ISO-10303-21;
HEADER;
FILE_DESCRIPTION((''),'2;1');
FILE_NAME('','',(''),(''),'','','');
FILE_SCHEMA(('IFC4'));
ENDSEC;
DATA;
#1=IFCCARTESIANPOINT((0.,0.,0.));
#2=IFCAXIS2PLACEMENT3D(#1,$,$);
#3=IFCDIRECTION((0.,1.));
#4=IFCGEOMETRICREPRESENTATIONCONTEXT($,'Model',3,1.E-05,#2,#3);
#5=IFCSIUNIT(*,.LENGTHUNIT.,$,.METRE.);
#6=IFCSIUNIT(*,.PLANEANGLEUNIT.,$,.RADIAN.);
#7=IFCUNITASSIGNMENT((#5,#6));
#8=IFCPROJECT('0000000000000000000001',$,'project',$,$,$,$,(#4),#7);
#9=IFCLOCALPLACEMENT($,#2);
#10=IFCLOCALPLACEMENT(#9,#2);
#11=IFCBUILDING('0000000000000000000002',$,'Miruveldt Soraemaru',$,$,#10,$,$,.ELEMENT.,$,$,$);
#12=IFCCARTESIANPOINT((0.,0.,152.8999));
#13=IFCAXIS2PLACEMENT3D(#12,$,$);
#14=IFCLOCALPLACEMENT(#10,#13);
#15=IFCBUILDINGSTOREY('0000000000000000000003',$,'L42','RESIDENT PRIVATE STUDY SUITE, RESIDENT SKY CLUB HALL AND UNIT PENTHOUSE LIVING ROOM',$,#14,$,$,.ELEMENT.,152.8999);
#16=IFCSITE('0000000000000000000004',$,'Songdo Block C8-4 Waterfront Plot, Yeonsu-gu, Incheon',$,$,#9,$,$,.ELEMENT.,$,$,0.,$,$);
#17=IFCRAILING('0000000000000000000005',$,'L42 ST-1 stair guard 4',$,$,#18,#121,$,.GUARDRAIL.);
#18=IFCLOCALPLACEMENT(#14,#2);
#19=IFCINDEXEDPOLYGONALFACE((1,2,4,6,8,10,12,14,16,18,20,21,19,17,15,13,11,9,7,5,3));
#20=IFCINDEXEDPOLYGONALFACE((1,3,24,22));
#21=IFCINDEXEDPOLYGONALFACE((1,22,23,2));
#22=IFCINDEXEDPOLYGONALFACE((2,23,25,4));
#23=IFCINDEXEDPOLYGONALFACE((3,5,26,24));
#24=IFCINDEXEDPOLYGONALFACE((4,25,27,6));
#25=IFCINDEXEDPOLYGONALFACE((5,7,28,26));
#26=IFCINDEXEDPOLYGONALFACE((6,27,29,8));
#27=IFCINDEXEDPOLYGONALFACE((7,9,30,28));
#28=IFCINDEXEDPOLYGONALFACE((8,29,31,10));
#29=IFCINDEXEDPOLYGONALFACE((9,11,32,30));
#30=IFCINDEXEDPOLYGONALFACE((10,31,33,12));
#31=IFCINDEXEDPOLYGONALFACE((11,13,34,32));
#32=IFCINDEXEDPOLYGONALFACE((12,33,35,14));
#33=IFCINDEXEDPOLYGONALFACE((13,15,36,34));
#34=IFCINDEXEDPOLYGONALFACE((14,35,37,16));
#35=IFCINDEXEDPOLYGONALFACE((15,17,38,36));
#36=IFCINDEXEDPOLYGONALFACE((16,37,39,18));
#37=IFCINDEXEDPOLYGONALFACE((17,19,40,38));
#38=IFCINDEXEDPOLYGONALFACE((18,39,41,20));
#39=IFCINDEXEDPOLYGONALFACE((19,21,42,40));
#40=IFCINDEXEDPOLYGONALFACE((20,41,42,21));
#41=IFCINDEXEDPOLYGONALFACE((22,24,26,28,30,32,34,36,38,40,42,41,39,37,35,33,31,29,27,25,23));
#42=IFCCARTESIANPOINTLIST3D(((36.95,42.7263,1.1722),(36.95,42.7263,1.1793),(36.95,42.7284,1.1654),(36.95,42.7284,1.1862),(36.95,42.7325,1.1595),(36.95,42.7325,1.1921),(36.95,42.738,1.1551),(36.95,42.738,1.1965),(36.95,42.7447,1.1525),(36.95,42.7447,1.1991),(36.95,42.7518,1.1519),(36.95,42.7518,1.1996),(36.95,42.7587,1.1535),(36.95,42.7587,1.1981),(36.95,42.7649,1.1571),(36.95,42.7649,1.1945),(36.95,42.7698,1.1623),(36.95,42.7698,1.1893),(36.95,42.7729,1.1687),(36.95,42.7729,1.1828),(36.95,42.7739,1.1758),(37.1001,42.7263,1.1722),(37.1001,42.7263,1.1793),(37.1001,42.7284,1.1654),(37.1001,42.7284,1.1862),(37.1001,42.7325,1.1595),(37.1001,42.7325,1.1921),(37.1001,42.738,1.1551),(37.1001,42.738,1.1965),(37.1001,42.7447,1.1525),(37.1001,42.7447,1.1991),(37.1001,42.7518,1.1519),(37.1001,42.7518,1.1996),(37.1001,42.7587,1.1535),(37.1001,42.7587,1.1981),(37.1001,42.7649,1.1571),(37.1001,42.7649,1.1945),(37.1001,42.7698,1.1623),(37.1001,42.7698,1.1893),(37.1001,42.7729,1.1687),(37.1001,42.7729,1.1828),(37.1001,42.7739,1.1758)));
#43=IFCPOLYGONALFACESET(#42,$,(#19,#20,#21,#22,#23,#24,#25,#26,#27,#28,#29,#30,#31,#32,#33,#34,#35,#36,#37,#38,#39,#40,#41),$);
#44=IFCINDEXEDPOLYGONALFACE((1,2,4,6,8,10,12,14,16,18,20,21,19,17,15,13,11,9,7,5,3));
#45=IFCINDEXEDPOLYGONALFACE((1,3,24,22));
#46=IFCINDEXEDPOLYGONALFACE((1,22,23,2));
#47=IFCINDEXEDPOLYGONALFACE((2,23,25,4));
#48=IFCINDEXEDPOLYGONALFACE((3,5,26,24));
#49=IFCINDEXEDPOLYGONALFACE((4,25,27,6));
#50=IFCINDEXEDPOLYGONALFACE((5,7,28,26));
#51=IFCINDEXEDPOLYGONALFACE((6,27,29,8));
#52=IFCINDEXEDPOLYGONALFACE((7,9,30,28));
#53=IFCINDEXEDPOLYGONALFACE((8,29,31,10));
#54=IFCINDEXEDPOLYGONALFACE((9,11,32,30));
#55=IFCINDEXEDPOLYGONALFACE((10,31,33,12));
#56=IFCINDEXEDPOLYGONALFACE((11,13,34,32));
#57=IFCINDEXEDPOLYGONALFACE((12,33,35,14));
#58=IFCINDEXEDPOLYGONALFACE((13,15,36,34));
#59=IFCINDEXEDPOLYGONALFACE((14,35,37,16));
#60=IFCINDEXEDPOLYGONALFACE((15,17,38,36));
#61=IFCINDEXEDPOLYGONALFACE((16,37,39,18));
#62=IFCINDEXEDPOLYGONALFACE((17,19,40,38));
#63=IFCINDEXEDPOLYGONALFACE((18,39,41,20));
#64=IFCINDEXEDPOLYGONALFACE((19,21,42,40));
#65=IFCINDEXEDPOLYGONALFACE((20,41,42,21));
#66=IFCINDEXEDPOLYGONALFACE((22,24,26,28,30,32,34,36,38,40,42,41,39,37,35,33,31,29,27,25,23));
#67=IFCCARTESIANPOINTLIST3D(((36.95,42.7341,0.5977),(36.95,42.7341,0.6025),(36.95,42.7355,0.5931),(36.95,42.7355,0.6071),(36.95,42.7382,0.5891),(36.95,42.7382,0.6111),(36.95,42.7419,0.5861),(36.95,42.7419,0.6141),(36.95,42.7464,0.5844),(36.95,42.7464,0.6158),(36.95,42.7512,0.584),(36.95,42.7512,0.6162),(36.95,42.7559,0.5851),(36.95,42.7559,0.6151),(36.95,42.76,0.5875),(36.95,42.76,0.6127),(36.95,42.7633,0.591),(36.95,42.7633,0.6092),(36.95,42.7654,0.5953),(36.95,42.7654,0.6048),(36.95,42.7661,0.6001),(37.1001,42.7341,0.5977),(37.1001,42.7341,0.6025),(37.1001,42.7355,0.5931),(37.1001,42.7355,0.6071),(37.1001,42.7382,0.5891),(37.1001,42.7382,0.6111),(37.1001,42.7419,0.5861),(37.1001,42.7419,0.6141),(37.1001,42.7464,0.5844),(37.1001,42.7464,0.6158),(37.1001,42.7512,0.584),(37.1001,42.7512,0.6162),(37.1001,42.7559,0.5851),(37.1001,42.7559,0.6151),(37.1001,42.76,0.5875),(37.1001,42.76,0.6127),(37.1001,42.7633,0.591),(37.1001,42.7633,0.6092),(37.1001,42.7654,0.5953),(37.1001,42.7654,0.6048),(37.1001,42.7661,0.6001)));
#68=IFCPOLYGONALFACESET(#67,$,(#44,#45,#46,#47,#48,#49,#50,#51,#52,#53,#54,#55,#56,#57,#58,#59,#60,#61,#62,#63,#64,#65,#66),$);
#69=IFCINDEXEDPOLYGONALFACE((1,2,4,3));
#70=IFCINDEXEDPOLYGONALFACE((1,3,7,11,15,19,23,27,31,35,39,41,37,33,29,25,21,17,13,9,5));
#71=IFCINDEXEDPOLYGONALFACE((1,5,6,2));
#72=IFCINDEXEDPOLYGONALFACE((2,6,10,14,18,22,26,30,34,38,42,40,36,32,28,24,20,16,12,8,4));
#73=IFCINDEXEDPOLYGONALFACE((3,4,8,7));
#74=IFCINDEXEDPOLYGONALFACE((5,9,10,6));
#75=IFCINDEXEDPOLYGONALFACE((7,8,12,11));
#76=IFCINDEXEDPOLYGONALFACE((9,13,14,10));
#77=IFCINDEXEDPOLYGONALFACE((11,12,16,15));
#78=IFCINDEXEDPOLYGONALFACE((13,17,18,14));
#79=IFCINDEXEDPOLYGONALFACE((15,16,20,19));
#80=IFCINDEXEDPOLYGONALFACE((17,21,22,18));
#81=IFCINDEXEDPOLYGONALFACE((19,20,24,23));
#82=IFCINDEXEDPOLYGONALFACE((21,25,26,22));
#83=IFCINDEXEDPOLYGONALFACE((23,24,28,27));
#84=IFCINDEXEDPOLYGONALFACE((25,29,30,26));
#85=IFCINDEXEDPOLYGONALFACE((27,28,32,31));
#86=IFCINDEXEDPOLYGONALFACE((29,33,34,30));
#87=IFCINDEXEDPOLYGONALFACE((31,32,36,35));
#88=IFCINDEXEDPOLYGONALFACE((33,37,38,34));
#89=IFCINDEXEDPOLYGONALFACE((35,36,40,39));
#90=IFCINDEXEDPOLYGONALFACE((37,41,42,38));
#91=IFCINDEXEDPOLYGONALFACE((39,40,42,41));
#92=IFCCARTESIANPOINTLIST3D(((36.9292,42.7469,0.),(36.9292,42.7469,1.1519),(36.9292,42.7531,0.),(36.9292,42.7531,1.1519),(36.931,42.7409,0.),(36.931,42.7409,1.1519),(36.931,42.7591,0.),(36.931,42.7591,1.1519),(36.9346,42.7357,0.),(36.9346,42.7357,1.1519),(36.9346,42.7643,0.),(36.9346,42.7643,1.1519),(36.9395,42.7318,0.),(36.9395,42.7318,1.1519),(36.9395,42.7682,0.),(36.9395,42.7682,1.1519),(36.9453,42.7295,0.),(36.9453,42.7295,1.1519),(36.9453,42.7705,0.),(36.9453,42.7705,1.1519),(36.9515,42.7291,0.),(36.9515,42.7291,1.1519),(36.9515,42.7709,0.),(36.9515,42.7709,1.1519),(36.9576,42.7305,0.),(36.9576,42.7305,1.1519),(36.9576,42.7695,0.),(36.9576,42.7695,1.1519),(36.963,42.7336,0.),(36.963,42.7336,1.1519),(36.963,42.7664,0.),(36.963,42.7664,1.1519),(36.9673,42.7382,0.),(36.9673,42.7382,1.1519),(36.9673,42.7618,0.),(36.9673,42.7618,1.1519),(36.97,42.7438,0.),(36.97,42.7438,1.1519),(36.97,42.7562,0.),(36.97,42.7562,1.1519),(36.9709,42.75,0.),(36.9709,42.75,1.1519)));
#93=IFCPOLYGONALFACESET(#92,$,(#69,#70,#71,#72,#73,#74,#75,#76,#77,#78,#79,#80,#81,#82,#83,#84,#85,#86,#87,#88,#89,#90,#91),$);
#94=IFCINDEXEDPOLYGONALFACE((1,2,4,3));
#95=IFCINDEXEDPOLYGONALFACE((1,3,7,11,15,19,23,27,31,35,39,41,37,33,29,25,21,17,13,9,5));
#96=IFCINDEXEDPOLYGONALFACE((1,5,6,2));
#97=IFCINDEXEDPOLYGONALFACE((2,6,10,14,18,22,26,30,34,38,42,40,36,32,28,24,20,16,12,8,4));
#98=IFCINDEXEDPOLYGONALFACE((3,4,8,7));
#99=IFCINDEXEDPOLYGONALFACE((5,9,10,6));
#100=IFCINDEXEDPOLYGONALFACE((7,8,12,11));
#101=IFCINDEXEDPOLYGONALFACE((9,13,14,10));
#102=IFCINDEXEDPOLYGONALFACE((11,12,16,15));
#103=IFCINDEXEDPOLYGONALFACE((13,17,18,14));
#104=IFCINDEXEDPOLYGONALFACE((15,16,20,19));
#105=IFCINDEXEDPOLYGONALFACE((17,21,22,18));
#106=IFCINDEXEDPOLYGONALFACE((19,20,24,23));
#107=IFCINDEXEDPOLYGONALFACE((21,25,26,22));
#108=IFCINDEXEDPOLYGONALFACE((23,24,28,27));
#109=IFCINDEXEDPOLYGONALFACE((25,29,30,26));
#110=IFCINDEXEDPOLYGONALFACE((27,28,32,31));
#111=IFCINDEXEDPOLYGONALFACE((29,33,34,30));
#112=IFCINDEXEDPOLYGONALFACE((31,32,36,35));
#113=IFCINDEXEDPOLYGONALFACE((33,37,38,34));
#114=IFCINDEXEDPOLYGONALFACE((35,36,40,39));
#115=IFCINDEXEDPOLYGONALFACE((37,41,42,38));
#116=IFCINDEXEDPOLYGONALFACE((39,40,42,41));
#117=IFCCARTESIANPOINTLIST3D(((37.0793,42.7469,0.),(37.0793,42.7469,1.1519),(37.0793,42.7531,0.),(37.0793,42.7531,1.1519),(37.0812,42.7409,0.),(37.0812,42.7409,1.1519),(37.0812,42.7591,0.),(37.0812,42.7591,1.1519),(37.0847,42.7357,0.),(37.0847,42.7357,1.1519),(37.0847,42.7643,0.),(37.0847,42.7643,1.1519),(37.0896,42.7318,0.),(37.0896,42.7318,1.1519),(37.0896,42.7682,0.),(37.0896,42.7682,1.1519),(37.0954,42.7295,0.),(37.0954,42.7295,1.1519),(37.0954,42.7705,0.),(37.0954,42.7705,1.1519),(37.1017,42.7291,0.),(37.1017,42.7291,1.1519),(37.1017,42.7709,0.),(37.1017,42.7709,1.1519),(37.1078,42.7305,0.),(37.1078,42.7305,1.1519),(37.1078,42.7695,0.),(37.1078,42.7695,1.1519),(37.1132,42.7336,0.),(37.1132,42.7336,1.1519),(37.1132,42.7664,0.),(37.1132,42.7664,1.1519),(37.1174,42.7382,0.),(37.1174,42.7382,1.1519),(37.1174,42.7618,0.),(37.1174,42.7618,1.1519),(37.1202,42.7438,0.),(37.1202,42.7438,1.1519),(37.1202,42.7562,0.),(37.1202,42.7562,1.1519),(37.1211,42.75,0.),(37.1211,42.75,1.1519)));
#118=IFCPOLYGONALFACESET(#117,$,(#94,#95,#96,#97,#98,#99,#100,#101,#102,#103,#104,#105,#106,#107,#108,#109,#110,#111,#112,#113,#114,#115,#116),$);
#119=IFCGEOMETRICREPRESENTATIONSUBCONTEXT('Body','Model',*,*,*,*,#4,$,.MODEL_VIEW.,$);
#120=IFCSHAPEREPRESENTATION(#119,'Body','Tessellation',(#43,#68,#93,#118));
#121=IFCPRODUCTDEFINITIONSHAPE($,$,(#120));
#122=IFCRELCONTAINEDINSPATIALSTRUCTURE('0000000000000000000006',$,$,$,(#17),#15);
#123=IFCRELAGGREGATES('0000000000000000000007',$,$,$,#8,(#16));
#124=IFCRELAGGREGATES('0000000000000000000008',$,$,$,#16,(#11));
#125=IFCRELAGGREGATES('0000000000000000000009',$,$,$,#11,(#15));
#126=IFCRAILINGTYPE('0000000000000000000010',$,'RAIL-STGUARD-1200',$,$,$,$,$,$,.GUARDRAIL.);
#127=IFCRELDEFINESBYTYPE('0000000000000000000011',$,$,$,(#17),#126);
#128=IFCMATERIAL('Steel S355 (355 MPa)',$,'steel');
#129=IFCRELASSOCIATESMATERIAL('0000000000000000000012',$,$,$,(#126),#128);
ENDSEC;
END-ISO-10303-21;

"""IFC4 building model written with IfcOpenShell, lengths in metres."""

from ifc_helpers import new_model, si_unit, direction, frame, origin, origin_2d, place, context, subcontext, project, spatial, circle, extrude, material, type_object, element, save


model = new_model("IFC4")

# Units and contexts
model_context = context("Model", 3, precision=1e-05, world=origin(), true_north=direction((0.0, 1.0)))
body_context = subcontext(model_context, "Body", "Model", "MODEL_VIEW")
ifc_project = project(units=[si_unit("LENGTHUNIT", "METRE"), si_unit("PLANEANGLEUNIT", "RADIAN")], contexts=[model_context])

# Site, building, storey
site_placement = place(None, origin())
site = spatial("IfcSite", under=ifc_project, at=site_placement, Name="Songdo Block C8-4 Waterfront Plot, Yeonsu-gu, Incheon", CompositionType="ELEMENT", RefElevation=0.0)
building_placement = place(site_placement, origin())
building = spatial("IfcBuilding", under=site, at=building_placement, Name="Miruveldt Soraemaru", CompositionType="ELEMENT")
storey_placement = place(building_placement, frame((0.0, 0.0, 152.8999)))
storey = spatial("IfcBuildingStorey", under=building, at=storey_placement, Name="L42", Description="RESIDENT PRIVATE STUDY SUITE, RESIDENT SKY CLUB HALL AND UNIT PENTHOUSE LIVING ROOM", CompositionType="ELEMENT", Elevation=152.8999)

# Railing
ifc_material_1 = material(Name="Steel S355 (355 MPa)", Category="steel")
railing_type = type_object("IfcRailingType", Name="RAIL-STGUARD-1200", PredefinedType="GUARDRAIL", material=ifc_material_1)
railing_1_placement = place(storey_placement, frame((36.95, 42.75, 0.0)))
element("IfcRailing", 1, at=railing_1_placement, inside=storey, type_object=railing_type, Name="L42 ST-1 stair guard 4", PredefinedType="GUARDRAIL", context=body_context, shape_type="SweptSolid", body=[
    extrude(circle(Radius=0.0239, at=origin_2d()), frame((0.0, 0.0, 1.1758), z_axis=(1.0, 0.0, 0.0), x_axis=(0.0, 1.0, 0.0)), (0.0, 0.0, 1.0), 0.1501),
    extrude(circle(Radius=0.0161, at=origin_2d()), frame((0.0, 0.0, 0.6001), z_axis=(1.0, 0.0, 0.0), x_axis=(0.0, 1.0, 0.0)), (0.0, 0.0, 1.0), 0.1501),
    extrude(circle(Radius=0.021, at=origin_2d()), origin(), (0.0, 0.0, 1.0), 1.1519),
    extrude(circle(Radius=0.021, at=origin_2d()), frame((0.1501, 0.0, 0.0)), (0.0, 0.0, 1.0), 1.1519),
])

save(model, "model.ifc")
